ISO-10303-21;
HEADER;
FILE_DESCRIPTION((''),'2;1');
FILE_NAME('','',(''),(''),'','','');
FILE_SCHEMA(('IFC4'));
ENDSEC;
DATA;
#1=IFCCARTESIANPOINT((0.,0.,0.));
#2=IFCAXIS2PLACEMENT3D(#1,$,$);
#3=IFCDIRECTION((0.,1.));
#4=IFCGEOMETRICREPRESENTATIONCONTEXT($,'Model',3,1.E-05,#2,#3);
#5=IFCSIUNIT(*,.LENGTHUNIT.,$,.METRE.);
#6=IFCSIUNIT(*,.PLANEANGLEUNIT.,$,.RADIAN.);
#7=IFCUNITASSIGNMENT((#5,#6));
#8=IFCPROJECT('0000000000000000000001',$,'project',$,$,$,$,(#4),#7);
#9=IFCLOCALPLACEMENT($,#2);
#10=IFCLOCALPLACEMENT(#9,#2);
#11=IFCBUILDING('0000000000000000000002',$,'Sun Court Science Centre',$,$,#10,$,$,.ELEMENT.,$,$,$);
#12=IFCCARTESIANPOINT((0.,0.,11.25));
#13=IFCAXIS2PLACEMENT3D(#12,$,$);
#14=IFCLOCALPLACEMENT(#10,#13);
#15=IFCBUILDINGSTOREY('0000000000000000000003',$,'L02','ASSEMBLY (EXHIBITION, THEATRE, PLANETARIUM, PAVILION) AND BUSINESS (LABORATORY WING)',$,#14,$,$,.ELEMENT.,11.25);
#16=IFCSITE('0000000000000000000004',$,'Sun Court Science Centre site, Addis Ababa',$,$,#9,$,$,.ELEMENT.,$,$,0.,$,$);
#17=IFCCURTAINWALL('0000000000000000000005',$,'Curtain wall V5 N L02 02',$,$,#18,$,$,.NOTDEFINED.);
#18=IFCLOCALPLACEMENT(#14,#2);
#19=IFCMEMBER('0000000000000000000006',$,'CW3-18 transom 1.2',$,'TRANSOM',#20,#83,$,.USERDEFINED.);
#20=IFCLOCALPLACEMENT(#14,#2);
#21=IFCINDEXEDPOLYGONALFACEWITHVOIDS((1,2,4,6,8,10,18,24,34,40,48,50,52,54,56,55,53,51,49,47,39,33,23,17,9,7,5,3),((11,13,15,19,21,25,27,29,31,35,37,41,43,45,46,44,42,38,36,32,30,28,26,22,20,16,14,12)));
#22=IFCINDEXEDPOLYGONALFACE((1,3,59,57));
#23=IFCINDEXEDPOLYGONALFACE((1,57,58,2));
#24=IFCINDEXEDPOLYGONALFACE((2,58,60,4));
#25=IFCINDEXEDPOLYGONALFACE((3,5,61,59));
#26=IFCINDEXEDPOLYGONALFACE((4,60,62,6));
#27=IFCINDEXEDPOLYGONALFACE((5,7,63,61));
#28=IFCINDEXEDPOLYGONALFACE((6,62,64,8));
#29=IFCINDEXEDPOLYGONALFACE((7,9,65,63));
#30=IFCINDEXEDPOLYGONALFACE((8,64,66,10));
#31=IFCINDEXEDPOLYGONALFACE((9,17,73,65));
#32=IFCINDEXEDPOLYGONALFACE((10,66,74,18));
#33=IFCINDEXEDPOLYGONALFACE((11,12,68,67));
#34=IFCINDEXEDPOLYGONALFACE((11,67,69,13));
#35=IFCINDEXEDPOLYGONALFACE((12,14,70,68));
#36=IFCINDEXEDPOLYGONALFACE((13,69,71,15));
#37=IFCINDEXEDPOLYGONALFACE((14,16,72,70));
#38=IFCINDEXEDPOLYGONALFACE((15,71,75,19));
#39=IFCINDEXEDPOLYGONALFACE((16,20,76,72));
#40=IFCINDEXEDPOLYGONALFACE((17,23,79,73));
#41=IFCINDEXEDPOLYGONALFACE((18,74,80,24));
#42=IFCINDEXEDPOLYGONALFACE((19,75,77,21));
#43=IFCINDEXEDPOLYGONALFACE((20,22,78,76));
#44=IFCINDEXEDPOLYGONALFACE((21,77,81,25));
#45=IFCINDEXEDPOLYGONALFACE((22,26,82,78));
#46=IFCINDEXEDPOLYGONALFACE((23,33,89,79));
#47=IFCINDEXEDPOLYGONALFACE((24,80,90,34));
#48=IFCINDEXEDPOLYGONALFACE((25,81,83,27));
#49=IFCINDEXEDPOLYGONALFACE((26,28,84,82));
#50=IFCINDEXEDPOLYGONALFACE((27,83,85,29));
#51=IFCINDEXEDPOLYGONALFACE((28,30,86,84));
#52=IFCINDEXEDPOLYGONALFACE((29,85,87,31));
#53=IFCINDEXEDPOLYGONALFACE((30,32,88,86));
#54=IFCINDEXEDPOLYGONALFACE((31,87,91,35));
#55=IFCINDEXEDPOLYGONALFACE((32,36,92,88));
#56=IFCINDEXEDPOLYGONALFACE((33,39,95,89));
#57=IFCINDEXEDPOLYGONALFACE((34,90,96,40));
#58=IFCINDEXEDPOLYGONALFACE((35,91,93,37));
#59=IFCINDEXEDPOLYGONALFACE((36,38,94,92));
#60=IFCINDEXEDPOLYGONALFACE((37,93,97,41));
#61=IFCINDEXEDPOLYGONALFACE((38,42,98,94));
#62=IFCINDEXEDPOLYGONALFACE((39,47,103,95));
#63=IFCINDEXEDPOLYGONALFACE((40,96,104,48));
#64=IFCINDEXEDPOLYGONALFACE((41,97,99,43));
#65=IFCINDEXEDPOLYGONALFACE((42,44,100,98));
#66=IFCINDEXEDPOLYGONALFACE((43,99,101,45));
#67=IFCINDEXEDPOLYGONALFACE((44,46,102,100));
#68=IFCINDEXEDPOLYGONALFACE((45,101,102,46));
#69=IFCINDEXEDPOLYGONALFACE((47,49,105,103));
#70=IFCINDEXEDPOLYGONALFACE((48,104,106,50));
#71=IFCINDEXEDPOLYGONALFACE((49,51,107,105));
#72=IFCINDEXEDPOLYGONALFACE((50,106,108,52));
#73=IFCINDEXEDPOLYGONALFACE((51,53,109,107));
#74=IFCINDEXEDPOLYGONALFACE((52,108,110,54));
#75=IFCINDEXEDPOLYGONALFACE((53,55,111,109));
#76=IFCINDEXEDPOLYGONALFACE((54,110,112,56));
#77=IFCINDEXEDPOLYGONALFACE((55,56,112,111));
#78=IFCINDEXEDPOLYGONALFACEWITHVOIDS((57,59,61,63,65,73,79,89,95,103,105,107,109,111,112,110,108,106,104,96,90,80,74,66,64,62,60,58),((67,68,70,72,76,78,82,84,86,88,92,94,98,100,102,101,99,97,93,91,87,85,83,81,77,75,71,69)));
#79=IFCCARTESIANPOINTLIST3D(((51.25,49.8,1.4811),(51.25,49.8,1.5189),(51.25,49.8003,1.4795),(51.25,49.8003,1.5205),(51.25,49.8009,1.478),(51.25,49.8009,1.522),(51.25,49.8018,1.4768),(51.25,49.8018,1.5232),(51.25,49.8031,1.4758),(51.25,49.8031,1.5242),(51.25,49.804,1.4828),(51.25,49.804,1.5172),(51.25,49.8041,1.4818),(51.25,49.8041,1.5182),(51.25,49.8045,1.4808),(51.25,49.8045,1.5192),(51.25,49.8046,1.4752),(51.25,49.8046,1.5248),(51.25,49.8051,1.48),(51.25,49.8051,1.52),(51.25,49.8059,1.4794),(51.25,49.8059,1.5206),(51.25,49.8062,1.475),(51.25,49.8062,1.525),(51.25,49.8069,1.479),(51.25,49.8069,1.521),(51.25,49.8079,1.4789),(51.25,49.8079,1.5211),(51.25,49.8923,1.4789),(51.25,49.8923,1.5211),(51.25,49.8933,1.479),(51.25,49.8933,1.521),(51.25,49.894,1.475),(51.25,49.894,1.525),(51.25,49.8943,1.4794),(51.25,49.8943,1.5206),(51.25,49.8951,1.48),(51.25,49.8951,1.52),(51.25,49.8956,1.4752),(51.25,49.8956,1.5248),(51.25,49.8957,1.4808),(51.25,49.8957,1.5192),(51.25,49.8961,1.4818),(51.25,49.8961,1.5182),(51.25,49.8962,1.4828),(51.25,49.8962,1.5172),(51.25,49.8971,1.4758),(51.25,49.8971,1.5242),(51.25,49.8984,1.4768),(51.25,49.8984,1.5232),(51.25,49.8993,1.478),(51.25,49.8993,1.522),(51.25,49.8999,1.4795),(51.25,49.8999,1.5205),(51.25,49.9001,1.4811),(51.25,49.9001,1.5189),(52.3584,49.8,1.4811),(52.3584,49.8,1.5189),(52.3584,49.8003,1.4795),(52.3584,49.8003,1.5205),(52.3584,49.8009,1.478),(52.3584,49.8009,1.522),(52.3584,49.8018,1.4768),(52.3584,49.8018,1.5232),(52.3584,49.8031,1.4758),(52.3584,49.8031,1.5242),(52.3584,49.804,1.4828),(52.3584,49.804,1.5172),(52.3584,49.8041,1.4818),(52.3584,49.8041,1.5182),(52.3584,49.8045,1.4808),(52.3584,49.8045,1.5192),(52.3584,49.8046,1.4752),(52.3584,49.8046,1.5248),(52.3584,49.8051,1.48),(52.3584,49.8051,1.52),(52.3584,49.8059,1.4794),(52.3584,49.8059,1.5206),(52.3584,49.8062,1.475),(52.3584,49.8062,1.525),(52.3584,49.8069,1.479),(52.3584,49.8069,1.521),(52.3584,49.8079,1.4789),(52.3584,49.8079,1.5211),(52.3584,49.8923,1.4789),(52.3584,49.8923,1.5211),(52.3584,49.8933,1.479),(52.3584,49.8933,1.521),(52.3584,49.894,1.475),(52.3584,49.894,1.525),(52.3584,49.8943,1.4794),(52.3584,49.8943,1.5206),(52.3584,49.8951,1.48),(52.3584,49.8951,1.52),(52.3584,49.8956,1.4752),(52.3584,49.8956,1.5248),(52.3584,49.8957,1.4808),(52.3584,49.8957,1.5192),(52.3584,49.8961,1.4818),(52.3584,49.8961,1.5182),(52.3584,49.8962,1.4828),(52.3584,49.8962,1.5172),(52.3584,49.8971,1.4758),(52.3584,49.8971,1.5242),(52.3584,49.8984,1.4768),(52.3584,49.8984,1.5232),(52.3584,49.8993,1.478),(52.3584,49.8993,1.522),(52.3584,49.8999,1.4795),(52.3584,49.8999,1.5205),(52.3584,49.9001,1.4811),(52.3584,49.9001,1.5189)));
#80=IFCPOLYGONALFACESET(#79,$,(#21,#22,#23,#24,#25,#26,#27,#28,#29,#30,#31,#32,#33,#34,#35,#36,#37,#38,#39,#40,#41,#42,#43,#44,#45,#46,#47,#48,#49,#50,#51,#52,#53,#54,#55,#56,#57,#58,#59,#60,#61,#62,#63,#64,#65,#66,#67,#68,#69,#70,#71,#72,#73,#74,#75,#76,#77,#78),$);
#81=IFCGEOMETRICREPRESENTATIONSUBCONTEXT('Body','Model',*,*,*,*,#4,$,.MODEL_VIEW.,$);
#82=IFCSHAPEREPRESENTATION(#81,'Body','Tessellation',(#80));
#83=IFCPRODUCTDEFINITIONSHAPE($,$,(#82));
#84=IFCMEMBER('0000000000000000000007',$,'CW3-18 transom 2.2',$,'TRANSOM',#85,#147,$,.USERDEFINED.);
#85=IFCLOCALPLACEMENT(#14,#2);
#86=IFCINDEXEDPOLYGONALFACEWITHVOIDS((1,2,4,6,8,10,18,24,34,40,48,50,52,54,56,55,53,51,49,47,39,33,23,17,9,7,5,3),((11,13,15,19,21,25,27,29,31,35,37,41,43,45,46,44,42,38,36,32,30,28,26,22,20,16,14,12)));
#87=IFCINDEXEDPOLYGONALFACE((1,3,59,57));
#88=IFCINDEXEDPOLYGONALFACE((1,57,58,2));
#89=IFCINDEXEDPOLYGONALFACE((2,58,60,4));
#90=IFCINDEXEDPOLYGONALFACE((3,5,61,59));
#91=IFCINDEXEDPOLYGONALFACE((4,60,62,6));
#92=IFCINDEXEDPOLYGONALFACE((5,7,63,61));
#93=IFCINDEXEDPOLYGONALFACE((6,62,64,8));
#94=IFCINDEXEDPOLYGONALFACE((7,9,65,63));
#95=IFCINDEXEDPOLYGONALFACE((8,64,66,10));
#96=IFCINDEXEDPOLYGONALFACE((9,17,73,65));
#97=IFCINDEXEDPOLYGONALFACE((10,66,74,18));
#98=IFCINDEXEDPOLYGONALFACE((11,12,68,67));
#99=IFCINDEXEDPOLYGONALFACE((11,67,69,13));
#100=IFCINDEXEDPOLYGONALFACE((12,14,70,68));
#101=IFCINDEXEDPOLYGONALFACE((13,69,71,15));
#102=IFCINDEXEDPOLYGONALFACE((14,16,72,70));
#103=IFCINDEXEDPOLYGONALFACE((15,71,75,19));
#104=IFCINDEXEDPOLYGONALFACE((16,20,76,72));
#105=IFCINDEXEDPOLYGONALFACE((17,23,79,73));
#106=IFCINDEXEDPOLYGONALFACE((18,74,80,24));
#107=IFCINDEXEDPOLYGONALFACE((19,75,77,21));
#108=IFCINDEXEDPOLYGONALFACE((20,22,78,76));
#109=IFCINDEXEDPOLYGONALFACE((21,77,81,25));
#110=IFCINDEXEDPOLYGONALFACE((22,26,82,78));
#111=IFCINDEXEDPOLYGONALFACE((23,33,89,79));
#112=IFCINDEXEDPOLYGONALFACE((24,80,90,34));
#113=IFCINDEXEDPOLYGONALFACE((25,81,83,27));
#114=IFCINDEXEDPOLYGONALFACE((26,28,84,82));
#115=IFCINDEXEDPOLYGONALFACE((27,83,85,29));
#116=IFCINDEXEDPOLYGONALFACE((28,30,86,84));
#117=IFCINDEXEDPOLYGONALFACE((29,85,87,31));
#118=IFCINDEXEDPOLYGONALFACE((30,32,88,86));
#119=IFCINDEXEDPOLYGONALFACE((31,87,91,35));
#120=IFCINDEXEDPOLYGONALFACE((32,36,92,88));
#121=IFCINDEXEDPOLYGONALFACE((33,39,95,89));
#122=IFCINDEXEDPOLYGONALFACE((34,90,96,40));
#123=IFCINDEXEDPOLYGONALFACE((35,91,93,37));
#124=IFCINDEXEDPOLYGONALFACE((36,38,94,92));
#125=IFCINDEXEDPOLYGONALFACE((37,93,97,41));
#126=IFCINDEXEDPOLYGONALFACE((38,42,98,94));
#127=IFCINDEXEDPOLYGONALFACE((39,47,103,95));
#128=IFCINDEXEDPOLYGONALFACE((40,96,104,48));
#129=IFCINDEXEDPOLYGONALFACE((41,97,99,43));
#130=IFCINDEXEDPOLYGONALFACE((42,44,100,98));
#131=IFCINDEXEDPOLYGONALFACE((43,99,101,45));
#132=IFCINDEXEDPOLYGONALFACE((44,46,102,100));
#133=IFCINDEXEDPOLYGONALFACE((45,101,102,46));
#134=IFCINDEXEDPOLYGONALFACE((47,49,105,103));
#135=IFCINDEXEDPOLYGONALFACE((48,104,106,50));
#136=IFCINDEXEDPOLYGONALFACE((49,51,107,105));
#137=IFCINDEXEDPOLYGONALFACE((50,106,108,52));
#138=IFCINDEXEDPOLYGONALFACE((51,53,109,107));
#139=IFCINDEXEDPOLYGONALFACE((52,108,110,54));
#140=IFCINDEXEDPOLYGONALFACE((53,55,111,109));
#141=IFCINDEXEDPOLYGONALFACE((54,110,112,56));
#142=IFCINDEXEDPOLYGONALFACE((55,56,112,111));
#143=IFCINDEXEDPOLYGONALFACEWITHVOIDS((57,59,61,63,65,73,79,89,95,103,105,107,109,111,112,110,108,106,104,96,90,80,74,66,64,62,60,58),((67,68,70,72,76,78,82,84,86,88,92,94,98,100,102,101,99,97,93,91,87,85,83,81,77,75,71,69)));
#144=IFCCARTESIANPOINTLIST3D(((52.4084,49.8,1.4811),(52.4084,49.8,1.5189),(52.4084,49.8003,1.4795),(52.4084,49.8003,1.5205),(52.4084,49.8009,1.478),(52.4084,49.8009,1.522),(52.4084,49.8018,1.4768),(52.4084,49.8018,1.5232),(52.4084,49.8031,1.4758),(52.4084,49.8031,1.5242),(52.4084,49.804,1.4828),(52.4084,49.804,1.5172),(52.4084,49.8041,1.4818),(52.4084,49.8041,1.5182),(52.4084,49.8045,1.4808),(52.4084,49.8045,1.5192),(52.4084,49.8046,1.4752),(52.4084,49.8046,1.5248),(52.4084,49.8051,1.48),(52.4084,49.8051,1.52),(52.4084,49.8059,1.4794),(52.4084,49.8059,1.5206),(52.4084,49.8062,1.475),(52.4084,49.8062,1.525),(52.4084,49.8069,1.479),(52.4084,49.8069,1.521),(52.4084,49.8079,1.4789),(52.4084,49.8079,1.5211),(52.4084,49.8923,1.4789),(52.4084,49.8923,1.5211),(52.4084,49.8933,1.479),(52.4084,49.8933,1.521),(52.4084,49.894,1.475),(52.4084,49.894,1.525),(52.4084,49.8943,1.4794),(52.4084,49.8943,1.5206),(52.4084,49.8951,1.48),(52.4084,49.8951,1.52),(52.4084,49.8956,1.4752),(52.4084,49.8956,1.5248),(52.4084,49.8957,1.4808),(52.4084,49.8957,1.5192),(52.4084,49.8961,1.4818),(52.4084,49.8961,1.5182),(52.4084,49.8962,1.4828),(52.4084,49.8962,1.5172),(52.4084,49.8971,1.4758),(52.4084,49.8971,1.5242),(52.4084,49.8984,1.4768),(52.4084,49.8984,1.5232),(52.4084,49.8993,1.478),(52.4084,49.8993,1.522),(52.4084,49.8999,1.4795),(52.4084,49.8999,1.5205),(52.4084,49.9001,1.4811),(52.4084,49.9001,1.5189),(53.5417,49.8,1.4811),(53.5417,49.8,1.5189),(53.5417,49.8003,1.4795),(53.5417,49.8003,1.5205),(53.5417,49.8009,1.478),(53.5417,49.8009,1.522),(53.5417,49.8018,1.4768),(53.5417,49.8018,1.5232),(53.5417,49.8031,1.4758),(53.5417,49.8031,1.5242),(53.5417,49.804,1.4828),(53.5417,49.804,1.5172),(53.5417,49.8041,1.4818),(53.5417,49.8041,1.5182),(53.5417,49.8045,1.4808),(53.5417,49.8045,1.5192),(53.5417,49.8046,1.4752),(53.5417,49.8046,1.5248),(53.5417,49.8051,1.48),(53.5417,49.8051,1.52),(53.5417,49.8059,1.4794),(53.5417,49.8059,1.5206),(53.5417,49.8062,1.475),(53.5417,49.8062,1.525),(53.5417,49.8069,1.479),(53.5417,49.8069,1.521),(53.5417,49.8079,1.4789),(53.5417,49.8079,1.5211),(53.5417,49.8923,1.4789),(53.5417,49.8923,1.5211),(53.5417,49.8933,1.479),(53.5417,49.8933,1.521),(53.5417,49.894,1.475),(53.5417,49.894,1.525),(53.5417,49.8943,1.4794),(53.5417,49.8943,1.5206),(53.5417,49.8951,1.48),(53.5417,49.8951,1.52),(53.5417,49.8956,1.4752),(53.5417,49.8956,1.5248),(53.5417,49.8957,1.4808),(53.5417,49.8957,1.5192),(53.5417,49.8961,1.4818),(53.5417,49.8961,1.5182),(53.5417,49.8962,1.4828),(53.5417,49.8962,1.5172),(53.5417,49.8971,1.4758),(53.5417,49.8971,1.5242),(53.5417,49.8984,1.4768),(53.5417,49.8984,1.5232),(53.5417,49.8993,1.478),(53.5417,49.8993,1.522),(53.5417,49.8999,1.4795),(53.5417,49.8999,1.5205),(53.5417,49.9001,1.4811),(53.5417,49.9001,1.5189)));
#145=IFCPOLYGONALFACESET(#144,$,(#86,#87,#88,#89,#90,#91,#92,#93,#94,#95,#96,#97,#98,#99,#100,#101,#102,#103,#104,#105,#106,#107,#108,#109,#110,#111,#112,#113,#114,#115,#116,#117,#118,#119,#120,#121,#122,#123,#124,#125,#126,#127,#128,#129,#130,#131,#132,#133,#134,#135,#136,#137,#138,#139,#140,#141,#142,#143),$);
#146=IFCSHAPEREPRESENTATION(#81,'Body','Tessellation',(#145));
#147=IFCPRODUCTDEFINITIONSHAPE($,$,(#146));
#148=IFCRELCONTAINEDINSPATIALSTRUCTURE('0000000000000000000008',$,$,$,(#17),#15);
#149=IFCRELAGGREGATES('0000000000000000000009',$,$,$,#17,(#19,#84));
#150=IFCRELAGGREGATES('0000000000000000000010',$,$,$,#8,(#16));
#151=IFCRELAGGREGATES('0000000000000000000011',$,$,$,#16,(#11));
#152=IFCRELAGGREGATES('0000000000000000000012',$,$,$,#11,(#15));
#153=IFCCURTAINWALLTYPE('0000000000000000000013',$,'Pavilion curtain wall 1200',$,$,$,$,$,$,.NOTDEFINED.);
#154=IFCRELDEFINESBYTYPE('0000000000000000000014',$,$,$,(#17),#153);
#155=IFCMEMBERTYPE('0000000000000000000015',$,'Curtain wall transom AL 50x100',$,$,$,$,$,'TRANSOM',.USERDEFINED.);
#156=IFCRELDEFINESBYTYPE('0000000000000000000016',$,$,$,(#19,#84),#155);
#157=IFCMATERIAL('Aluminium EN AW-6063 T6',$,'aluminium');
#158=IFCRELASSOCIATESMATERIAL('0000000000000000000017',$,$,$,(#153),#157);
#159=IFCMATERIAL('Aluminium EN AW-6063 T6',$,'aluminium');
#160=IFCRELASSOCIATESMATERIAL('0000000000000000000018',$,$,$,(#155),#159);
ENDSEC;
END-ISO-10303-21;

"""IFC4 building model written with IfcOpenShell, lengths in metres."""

from ifc_helpers import new_model, si_unit, direction, frame, origin, origin_2d, place, context, subcontext, project, spatial, hollow_rectangle, extrude, material, material_profile, profile_set, type_object, element, aggregate, save


model = new_model("IFC4")

# Units and contexts
model_context = context("Model", 3, precision=1e-05, world=origin(), true_north=direction((0.0, 1.0)))
body_context = subcontext(model_context, "Body", "Model", "MODEL_VIEW")
ifc_project = project(units=[si_unit("LENGTHUNIT", "METRE"), si_unit("PLANEANGLEUNIT", "RADIAN")], contexts=[model_context])

# Site, building, storey
site_placement = place(None, origin())
site = spatial("IfcSite", under=ifc_project, at=site_placement, Name="Sun Court Science Centre site, Addis Ababa", CompositionType="ELEMENT", RefElevation=0.0)
building_placement = place(site_placement, origin())
building = spatial("IfcBuilding", under=site, at=building_placement, Name="Sun Court Science Centre", CompositionType="ELEMENT")
storey_placement = place(building_placement, frame((0.0, 0.0, 11.25)))
storey = spatial("IfcBuildingStorey", under=building, at=storey_placement, Name="L02", Description="ASSEMBLY (EXHIBITION, THEATRE, PLANETARIUM, PAVILION) AND BUSINESS (LABORATORY WING)", CompositionType="ELEMENT", Elevation=11.25)

# Shared definitions
ifc_material_1 = material(Name="Aluminium EN AW-6063 T6", Category="aluminium")
curtain_wall_type = type_object("IfcCurtainWallType", Name="Pavilion curtain wall 1200", PredefinedType="NOTDEFINED", material=ifc_material_1)

# Curtain wall
curtain_wall_1_placement = place(storey_placement, origin())
curtain_wall_1 = element("IfcCurtainWall", 1, at=curtain_wall_1_placement, inside=storey, type_object=curtain_wall_type, Name="Curtain wall V5 N L02 02", PredefinedType="NOTDEFINED")

# Members
ifc_material_2 = material(Name="Aluminium EN AW-6063 T6", Category="aluminium")
ifc_material_profile_1 = material_profile(ifc_material_2, hollow_rectangle(XDim=0.05, YDim=0.1001, WallThickness=0.0039, InnerFilletRadius=0.0039, OuterFilletRadius=0.0061, at=origin_2d()), Name="AL 50x100x4")
ifc_profile_set_1 = profile_set([ifc_material_profile_1], Name="Aluminium EN AW-6063 T6")
member_type_1 = type_object("IfcMemberType", Name="Curtain wall transom AL 50x100", ElementType="TRANSOM", PredefinedType="USERDEFINED", material=ifc_profile_set_1)
member_1_placement = place(storey_placement, frame((51.25, 49.8501, 1.5), z_axis=(1.0, 0.0, 0.0), x_axis=(0.0, 0.0, 1.0)))
member_1 = element("IfcMember", 2, at=member_1_placement, type_object=member_type_1, Name="CW3-18 transom 1.2", ObjectType="TRANSOM", PredefinedType="USERDEFINED", context=body_context, shape_type="SweptSolid", body=[
    extrude(hollow_rectangle(XDim=0.05, YDim=0.1001, WallThickness=0.0039, InnerFilletRadius=0.0039, OuterFilletRadius=0.0061, at=origin_2d()), origin(), (0.0, 0.0, 1.0), 1.1084),
])
member_2_placement = place(storey_placement, frame((52.4084, 49.8501, 1.5), z_axis=(1.0, 0.0, 0.0), x_axis=(0.0, 0.0, 1.0)))
member_2 = element("IfcMember", 3, at=member_2_placement, type_object=member_type_1, Name="CW3-18 transom 2.2", ObjectType="TRANSOM", PredefinedType="USERDEFINED", context=body_context, shape_type="SweptSolid", body=[
    extrude(hollow_rectangle(XDim=0.05, YDim=0.1001, WallThickness=0.0039, InnerFilletRadius=0.0039, OuterFilletRadius=0.0061, at=origin_2d()), origin(), (0.0, 0.0, 1.0), 1.1333),
])

aggregate(curtain_wall_1, [member_1, member_2])

save(model, "model.ifc")
